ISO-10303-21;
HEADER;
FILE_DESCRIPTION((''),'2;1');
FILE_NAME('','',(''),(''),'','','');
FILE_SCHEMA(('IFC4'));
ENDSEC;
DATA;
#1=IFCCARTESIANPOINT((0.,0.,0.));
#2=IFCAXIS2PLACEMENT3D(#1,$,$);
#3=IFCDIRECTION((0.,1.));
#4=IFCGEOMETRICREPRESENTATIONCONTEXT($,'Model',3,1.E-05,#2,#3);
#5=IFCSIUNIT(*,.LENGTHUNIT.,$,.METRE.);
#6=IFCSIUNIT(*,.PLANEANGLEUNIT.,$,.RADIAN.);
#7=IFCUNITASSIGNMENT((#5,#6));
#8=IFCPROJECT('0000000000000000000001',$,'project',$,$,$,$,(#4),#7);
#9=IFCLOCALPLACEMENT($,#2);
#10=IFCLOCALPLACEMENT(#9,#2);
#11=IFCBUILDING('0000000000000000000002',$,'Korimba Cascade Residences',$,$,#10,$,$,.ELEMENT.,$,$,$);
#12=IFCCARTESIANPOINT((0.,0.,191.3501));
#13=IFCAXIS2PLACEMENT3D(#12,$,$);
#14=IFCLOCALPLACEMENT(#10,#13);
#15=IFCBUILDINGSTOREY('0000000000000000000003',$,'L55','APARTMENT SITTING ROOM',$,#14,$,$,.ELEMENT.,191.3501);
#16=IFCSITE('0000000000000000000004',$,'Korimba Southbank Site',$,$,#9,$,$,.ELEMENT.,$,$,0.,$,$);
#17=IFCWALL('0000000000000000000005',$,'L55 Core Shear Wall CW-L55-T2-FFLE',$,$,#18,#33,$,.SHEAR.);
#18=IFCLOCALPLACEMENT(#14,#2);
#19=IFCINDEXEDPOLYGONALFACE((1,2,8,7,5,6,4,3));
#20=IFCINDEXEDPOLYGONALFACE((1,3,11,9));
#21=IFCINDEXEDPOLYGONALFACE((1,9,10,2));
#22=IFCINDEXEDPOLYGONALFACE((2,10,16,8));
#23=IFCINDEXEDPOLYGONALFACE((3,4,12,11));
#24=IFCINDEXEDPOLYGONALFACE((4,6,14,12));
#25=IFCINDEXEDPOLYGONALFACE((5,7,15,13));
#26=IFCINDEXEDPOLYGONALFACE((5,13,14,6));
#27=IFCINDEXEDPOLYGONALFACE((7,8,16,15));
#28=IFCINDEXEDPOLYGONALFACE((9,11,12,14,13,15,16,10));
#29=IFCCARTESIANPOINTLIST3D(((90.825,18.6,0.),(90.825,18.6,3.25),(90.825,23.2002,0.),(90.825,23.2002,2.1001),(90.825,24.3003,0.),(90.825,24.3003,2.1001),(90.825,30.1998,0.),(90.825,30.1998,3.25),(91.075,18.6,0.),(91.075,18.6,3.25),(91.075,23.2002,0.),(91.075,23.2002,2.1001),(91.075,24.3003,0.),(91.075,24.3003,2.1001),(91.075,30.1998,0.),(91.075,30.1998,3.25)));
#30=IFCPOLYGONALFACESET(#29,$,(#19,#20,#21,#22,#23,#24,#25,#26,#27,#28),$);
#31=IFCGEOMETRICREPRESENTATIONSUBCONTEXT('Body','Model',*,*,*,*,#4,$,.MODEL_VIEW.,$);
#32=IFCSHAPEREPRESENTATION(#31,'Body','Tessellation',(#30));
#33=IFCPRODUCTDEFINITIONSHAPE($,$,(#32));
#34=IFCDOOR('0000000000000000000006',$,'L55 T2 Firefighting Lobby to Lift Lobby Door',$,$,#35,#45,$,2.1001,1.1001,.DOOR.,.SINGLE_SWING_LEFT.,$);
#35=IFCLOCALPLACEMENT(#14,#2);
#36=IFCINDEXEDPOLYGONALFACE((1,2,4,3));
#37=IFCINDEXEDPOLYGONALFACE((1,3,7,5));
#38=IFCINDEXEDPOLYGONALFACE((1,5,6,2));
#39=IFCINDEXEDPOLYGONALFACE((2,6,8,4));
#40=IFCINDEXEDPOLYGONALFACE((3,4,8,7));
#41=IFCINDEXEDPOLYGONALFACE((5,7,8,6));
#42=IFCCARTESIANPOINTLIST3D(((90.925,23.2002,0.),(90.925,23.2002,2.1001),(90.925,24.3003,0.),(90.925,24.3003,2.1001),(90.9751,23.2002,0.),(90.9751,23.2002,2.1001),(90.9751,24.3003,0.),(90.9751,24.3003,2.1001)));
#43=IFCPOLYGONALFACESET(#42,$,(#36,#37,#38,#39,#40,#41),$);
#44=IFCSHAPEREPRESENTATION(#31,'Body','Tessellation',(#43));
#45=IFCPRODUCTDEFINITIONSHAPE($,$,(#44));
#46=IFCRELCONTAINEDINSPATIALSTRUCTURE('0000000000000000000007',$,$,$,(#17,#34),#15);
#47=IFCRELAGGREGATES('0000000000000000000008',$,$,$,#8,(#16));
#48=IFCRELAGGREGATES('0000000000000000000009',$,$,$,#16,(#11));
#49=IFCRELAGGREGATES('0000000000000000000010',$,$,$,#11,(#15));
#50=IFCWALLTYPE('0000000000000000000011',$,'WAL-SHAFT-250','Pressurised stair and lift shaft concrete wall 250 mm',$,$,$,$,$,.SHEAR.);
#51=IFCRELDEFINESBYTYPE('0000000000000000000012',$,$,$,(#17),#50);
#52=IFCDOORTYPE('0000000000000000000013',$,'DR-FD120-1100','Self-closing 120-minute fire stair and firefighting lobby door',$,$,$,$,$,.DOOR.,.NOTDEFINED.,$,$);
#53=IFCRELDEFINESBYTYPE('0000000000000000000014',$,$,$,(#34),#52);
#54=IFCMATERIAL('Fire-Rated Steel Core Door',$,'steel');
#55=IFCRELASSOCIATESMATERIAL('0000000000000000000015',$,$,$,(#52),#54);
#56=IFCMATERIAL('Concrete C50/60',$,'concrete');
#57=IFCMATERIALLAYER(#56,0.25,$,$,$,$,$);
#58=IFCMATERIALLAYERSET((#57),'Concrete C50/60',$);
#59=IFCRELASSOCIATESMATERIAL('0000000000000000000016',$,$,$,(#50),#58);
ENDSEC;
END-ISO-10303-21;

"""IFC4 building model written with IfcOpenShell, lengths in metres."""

from ifc_helpers import new_model, si_unit, direction, frame, frame_2d, origin, place, context, subcontext, project, spatial, rectangle, extrude, material, layer, layer_set, type_object, element, fill, save


model = new_model("IFC4")

# Units and contexts
model_context = context("Model", 3, precision=1e-05, world=origin(), true_north=direction((0.0, 1.0)))
body_context = subcontext(model_context, "Body", "Model", "MODEL_VIEW")
ifc_project = project(units=[si_unit("LENGTHUNIT", "METRE"), si_unit("PLANEANGLEUNIT", "RADIAN")], contexts=[model_context])

# Site, building, storey
site_placement = place(None, origin())
site = spatial("IfcSite", under=ifc_project, at=site_placement, Name="Korimba Southbank Site", CompositionType="ELEMENT", RefElevation=0.0)
building_placement = place(site_placement, origin())
building = spatial("IfcBuilding", under=site, at=building_placement, Name="Korimba Cascade Residences", CompositionType="ELEMENT")
storey_placement = place(building_placement, frame((0.0, 0.0, 191.3501)))
storey = spatial("IfcBuildingStorey", under=building, at=storey_placement, Name="L55", Description="APARTMENT SITTING ROOM", CompositionType="ELEMENT", Elevation=191.3501)

# Shared definitions
ifc_material_1 = material(Name="Fire-Rated Steel Core Door", Category="steel")
door_type_1 = type_object("IfcDoorType", Name="DR-FD120-1100", Description="Self-closing 120-minute fire stair and firefighting lobby door", OperationType="NOTDEFINED", PredefinedType="DOOR", material=ifc_material_1)

# Shared definitions
ifc_material_2 = material(Name="Concrete C50/60", Category="concrete")
ifc_layer_1 = layer(ifc_material_2, 0.25)
ifc_layer_set_1 = layer_set([ifc_layer_1], Name="Concrete C50/60")
wall_type_1 = type_object("IfcWallType", Name="WAL-SHAFT-250", Description="Pressurised stair and lift shaft concrete wall 250 mm", PredefinedType="SHEAR", material=ifc_layer_set_1)

# Wall, opening, door
wall_1_placement = place(storey_placement, frame((90.95, 18.6001, 0.0), z_axis=(0.0, 0.0, 1.0), x_axis=(0.0, 1.0, 0.0)))
wall_1 = element("IfcWall", 1, at=wall_1_placement, inside=storey, type_object=wall_type_1, Name="L55 Core Shear Wall CW-L55-T2-FFLE", PredefinedType="SHEAR", context=body_context, shape_type="SweptSolid", body=[
    extrude(rectangle(XDim=11.5999, YDim=0.25, at=frame_2d((5.7998, 0.0))), origin(), (0.0, 0.0, 1.0), 3.25),
])
opening_1_placement = place(wall_1_placement, frame((4.6001, 0.0, 0.0)))
opening_1 = element("IfcOpeningElement", 2, at=opening_1_placement, cuts=wall_1, PredefinedType="OPENING", context=body_context, shape_type="SweptSolid", body=[
    extrude(rectangle(XDim=1.1001, YDim=2.1001, at=frame_2d((0.55, 1.05))), frame((0.0, 0.135, 0.0), z_axis=(0.0, -1.0, 0.0), x_axis=(1.0, 0.0, 0.0)), (0.0, 0.0, 1.0), 0.27),
])
door_1_placement = place(opening_1_placement, origin())
door_1 = element("IfcDoor", 3, at=door_1_placement, inside=storey, type_object=door_type_1, Name="L55 T2 Firefighting Lobby to Lift Lobby Door", OperationType="SINGLE_SWING_LEFT", OverallHeight=2.1001, OverallWidth=1.1001, PredefinedType="DOOR", context=body_context, shape_type="SweptSolid", body=[
    extrude(rectangle(XDim=1.1001, YDim=2.1001, at=frame_2d((0.55, 1.05))), frame((0.0, 0.0249, 0.0), z_axis=(0.0, -1.0, 0.0), x_axis=(1.0, 0.0, 0.0)), (0.0, 0.0, 1.0), 0.05),
])
fill(opening_1, door_1)

save(model, "model.ifc")
